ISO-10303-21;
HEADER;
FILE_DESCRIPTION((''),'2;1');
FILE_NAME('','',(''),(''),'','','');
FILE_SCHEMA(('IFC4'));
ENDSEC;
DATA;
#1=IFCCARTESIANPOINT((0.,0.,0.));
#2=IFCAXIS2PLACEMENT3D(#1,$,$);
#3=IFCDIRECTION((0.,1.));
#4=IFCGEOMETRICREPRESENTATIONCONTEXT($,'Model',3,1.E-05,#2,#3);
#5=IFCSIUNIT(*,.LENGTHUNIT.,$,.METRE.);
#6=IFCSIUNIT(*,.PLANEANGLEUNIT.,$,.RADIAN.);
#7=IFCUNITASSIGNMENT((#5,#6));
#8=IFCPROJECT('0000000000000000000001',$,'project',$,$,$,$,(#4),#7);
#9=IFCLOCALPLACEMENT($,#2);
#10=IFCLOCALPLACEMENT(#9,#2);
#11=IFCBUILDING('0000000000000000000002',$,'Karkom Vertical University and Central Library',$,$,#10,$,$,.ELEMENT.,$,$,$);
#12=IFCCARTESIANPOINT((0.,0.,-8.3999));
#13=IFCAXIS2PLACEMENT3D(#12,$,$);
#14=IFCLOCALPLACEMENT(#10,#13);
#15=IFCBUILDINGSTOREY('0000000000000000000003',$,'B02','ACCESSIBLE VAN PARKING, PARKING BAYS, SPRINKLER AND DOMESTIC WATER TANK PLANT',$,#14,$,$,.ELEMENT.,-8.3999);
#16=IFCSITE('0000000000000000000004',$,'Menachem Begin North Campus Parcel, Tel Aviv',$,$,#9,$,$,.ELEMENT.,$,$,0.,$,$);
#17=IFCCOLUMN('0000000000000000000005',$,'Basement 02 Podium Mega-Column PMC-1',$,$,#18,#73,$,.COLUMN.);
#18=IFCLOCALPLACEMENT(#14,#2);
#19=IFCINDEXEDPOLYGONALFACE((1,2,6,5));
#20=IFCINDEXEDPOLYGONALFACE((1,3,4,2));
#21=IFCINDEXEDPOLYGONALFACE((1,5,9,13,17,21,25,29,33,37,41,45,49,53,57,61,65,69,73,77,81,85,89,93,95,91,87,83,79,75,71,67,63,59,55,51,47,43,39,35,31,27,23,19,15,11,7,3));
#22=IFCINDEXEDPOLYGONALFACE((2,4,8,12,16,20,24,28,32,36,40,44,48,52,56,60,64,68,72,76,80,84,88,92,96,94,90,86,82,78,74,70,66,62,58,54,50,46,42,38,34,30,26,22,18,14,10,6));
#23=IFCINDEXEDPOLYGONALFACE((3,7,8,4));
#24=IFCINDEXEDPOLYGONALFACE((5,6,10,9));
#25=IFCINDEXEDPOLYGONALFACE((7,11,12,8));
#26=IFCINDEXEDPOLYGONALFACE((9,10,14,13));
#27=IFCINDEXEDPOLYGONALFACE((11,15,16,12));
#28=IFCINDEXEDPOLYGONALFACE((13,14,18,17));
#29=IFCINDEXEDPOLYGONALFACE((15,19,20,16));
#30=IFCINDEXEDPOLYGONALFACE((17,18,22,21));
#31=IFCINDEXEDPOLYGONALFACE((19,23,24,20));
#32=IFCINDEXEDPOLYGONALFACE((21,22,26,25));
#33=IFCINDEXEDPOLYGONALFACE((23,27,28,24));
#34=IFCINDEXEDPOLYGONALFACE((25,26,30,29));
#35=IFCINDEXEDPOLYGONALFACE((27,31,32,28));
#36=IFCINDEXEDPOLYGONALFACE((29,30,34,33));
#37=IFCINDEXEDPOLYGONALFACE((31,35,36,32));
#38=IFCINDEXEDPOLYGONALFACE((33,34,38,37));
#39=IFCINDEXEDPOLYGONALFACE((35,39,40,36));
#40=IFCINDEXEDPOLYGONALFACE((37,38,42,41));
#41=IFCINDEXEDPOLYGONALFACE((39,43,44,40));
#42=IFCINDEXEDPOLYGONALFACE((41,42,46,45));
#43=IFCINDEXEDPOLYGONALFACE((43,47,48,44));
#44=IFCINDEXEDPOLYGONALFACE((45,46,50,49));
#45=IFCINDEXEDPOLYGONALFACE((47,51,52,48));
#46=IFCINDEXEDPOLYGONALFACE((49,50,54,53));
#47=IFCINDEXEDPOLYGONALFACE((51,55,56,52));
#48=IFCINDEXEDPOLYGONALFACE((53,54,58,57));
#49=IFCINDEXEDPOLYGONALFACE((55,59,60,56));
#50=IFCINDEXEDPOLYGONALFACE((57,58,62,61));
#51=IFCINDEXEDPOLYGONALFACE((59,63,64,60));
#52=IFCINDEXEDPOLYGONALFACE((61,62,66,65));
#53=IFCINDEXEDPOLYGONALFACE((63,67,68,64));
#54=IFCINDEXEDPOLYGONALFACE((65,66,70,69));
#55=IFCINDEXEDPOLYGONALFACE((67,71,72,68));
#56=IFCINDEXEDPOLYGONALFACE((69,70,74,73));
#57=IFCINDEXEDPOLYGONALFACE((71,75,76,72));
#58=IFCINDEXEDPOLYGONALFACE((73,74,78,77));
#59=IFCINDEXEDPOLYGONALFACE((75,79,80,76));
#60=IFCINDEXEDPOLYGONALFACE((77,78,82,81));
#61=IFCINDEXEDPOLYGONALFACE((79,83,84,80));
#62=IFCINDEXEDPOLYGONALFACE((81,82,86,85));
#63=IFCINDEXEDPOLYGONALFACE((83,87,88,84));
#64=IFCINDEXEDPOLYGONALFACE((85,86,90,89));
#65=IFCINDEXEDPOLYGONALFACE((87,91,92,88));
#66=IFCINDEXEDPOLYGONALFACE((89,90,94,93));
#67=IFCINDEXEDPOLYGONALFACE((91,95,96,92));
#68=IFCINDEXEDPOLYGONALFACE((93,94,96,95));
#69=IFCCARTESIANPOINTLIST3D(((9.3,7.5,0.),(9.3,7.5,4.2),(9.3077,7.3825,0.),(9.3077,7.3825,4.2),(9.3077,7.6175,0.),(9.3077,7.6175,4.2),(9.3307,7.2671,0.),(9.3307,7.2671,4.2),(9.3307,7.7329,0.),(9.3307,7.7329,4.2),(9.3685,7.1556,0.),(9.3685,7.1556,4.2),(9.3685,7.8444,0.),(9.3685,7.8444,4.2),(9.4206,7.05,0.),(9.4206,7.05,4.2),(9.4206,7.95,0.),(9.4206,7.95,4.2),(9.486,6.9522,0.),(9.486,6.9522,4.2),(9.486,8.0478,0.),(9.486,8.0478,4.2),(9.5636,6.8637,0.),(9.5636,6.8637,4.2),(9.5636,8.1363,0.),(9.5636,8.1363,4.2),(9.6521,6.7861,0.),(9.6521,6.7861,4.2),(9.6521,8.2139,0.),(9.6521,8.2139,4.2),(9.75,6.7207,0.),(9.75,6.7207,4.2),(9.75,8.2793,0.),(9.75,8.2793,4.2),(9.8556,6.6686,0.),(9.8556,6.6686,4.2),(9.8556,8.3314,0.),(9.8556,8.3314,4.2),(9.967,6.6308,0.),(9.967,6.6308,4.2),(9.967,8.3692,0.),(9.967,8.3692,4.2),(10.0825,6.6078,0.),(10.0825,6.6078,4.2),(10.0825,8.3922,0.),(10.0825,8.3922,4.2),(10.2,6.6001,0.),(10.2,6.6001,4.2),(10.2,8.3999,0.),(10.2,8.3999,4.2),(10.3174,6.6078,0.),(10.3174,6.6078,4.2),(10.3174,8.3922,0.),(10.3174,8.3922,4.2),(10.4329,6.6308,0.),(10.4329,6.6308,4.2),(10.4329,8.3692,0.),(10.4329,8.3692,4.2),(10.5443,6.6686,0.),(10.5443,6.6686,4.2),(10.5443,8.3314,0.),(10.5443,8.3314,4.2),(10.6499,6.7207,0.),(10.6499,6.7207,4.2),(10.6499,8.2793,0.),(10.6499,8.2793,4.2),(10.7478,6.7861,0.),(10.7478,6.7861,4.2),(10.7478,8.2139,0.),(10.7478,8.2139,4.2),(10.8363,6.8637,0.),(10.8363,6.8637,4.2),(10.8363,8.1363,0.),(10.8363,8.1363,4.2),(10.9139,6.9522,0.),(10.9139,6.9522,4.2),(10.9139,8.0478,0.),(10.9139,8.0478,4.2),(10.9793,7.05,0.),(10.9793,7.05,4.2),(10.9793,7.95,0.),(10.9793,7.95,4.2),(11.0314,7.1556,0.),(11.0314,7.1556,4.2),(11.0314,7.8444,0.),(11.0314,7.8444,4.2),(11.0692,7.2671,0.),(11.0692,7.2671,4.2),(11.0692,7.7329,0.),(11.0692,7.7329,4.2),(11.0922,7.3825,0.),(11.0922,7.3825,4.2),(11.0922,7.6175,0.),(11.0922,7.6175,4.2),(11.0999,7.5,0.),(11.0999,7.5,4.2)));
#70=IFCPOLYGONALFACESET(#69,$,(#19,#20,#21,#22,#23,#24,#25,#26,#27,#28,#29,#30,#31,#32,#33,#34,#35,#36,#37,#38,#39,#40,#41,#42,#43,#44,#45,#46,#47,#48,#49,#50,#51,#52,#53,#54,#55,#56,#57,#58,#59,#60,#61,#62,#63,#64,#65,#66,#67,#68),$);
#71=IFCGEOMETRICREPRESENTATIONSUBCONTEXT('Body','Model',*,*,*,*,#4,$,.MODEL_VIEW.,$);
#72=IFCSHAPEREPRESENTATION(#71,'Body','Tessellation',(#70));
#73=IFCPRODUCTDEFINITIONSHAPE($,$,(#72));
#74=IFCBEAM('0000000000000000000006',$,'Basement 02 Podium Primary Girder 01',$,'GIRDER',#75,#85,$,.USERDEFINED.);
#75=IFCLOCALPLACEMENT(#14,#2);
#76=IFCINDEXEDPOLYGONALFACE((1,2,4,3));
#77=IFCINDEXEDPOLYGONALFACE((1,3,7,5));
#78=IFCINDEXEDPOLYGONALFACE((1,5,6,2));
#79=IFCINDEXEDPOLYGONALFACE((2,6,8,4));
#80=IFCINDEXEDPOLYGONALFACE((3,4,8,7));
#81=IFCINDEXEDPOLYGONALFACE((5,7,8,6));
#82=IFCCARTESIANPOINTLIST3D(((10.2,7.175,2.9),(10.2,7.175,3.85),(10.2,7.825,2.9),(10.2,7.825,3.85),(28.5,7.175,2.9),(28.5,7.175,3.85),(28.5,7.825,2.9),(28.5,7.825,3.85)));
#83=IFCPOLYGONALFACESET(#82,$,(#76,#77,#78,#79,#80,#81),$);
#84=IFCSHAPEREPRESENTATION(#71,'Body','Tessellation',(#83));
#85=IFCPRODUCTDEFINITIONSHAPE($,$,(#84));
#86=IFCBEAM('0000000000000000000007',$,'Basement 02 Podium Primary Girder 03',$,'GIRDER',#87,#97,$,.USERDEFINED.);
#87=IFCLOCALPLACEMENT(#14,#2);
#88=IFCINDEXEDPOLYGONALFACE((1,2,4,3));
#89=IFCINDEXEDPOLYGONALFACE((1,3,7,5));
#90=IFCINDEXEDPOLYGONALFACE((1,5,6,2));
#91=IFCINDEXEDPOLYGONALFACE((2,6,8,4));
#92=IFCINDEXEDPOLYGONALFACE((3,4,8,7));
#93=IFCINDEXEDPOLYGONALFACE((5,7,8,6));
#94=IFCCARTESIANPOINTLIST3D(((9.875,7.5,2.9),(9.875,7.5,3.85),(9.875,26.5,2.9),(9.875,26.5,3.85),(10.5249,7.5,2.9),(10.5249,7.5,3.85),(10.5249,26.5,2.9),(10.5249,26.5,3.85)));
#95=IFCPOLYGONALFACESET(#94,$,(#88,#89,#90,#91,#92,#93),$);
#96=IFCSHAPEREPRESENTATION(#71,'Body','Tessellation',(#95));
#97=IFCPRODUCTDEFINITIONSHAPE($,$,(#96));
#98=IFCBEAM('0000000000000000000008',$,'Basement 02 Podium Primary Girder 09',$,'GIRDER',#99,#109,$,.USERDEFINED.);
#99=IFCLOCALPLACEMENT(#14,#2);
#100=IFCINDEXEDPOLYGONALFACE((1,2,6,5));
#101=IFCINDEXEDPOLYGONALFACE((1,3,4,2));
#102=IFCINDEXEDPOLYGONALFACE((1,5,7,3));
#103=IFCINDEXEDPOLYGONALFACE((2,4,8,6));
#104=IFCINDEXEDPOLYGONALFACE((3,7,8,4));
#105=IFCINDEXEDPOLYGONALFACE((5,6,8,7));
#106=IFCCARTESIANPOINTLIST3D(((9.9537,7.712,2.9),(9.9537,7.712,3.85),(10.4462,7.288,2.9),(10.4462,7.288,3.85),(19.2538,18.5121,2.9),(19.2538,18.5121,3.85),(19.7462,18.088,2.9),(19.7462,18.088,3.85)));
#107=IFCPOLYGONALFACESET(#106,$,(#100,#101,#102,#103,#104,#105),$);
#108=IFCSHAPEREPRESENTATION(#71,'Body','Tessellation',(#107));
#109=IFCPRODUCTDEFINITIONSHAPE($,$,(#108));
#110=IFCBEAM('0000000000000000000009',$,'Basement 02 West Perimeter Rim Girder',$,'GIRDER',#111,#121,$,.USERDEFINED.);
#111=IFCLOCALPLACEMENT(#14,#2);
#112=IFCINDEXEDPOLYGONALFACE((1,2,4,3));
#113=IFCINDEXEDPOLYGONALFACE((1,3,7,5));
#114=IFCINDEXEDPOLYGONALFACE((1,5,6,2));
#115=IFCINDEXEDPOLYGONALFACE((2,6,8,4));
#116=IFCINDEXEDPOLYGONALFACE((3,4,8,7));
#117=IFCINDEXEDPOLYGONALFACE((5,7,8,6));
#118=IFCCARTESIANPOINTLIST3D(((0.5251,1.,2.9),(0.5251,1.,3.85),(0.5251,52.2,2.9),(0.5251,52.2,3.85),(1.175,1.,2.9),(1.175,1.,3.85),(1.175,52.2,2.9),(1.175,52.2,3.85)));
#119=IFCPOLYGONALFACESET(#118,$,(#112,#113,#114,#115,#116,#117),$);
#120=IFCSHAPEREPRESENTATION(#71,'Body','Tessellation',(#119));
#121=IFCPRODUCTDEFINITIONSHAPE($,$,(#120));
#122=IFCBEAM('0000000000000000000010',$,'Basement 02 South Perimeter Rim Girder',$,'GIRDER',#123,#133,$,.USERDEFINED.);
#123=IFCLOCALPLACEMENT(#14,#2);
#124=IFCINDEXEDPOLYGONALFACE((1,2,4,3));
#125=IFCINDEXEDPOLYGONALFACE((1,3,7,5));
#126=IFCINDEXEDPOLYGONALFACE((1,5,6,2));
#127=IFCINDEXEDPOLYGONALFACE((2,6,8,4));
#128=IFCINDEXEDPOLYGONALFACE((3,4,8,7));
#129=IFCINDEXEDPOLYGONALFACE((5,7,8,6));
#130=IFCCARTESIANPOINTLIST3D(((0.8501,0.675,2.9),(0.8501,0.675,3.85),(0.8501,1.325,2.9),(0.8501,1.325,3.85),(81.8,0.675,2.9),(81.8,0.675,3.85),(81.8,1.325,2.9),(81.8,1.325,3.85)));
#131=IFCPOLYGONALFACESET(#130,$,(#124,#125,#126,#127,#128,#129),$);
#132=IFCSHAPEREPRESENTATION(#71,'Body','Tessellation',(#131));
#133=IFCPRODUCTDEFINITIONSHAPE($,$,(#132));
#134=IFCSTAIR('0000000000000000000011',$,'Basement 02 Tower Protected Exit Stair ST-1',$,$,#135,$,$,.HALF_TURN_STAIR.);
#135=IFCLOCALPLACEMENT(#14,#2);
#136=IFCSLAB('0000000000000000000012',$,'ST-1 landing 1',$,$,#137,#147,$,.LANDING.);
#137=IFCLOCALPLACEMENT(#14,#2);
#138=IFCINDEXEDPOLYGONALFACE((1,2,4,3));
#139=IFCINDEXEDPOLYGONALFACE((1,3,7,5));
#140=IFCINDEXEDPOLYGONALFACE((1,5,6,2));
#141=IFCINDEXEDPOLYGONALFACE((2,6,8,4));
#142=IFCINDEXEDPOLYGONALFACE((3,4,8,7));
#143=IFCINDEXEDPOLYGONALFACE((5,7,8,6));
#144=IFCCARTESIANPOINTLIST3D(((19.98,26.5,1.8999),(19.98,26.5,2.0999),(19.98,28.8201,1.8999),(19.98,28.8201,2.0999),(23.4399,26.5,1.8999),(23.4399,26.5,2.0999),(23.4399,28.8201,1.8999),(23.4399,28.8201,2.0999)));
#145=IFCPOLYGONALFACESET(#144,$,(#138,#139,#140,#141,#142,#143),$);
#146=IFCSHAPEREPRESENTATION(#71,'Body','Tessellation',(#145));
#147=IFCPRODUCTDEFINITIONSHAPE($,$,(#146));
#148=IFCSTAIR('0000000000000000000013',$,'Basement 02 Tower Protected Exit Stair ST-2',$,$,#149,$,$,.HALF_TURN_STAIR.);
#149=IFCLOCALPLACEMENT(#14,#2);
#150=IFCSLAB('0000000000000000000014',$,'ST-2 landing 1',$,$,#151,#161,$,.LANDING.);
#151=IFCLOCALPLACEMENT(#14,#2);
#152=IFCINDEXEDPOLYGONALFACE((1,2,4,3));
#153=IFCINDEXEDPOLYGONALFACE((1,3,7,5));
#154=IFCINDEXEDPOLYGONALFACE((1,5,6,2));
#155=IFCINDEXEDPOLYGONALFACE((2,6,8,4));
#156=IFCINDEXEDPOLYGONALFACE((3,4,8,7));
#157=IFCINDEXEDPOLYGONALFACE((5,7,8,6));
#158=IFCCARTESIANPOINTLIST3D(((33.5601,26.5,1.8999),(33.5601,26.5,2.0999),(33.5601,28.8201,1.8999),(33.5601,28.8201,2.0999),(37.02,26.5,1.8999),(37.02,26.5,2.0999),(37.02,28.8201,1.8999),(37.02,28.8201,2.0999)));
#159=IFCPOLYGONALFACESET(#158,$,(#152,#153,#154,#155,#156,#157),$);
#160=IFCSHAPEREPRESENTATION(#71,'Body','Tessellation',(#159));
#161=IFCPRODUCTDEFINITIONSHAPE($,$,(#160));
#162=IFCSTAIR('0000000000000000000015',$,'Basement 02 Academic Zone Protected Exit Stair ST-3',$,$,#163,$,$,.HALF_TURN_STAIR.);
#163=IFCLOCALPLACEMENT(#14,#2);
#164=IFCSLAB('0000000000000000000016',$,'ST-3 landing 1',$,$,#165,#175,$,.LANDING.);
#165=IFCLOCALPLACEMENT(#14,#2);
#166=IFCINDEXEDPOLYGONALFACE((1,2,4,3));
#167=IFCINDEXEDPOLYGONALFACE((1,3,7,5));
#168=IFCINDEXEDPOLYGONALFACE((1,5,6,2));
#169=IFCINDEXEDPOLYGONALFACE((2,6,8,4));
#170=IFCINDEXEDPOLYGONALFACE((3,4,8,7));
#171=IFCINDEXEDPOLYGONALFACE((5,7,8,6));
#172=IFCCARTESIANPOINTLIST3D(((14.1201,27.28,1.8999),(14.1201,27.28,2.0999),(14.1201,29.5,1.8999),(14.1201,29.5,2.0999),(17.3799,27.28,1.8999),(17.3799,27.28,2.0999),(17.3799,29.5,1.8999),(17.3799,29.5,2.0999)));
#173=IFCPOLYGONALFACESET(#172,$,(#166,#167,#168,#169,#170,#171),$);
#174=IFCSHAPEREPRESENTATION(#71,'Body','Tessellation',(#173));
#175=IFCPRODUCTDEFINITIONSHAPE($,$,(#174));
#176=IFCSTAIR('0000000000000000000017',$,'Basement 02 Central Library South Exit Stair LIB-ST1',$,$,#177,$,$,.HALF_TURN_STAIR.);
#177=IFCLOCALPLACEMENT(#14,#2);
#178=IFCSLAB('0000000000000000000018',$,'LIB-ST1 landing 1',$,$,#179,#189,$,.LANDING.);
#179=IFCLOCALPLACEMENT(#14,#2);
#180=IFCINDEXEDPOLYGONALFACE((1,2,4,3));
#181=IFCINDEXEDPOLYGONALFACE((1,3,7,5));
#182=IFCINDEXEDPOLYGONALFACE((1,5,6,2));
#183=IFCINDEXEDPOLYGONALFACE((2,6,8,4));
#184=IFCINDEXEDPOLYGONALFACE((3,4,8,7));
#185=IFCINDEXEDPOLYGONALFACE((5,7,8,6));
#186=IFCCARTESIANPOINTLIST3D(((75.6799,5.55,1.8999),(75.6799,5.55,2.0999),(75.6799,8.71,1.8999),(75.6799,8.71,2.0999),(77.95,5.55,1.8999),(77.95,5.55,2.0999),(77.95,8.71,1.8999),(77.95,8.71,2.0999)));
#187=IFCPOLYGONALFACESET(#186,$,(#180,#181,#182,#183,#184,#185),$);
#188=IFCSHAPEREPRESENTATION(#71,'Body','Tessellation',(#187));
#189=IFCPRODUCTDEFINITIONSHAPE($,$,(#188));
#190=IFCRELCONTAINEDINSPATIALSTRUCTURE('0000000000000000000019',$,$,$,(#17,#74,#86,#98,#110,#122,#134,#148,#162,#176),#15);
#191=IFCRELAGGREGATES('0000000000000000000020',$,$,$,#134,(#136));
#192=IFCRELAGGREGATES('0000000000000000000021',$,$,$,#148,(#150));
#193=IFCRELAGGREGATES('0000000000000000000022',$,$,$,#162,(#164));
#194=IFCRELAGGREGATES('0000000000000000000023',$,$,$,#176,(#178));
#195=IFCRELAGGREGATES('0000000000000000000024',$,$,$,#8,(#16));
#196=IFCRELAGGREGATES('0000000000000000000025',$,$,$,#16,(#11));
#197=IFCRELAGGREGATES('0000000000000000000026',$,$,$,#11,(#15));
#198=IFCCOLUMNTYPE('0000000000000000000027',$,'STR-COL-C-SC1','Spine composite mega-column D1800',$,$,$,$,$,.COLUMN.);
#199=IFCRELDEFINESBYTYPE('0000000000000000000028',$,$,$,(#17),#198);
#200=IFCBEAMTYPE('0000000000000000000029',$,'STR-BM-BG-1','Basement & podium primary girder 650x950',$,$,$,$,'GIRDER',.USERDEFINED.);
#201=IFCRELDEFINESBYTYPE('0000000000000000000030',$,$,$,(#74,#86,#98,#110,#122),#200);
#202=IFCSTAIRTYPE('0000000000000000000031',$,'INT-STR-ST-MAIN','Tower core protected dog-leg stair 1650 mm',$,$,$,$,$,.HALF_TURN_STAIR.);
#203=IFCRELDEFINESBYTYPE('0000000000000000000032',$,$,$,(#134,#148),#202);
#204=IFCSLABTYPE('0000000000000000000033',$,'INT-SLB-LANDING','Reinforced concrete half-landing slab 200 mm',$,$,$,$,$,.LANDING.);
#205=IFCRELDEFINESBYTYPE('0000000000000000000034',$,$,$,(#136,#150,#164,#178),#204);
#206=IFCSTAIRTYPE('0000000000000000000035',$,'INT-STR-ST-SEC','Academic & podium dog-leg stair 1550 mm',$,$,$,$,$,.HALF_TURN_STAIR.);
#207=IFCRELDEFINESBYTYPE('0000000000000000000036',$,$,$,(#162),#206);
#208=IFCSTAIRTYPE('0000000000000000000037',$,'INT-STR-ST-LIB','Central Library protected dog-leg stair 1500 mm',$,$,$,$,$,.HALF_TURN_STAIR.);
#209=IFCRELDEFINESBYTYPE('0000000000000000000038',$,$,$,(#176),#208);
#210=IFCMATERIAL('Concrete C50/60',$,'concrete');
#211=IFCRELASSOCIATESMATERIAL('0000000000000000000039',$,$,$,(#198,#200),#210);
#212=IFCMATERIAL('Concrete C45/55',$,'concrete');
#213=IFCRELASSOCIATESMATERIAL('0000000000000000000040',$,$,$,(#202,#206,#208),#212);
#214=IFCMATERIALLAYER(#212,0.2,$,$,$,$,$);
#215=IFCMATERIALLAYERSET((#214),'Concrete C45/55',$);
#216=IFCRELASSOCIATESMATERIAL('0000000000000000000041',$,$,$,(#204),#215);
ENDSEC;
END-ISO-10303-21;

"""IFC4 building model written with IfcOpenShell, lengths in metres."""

from ifc_helpers import new_model, si_unit, direction, frame, origin, origin_with_axes, origin_2d, place, context, subcontext, project, spatial, polyline, rectangle, circle, outline, extrude, source, transform, mapped, material, layer, layer_set, material_profile, profile_set, type_object, element, aggregate, save


model = new_model("IFC4")

# Units and contexts
model_context = context("Model", 3, precision=1e-05, world=origin(), true_north=direction((0.0, 1.0)))
body_context = subcontext(model_context, "Body", "Model", "MODEL_VIEW")
ifc_project = project(units=[si_unit("LENGTHUNIT", "METRE"), si_unit("PLANEANGLEUNIT", "RADIAN")], contexts=[model_context])

# Site, building, storey
site_placement = place(None, origin())
site = spatial("IfcSite", under=ifc_project, at=site_placement, Name="Menachem Begin North Campus Parcel, Tel Aviv", CompositionType="ELEMENT", RefElevation=0.0)
building_placement = place(site_placement, origin())
building = spatial("IfcBuilding", under=site, at=building_placement, Name="Karkom Vertical University and Central Library", CompositionType="ELEMENT")
storey_placement = place(building_placement, frame((0.0, 0.0, -8.3999)))
storey = spatial("IfcBuildingStorey", under=building, at=storey_placement, Name="B02", Description="ACCESSIBLE VAN PARKING, PARKING BAYS, SPRINKLER AND DOMESTIC WATER TANK PLANT", CompositionType="ELEMENT", Elevation=-8.3999)

# Shared definitions
ifc_material_1 = material(Name="Concrete C45/55", Category="concrete")
ifc_material_2 = material(Name="Concrete C50/60", Category="concrete")

# Column
ifc_material_profile_1 = material_profile(ifc_material_2, circle(Radius=0.8999, at=origin_2d()), Name="CFT-D1800")
ifc_profile_set_1 = profile_set([ifc_material_profile_1], Name="Concrete C50/60")
column_type = type_object("IfcColumnType", Name="STR-COL-C-SC1", Description="Spine composite mega-column D1800", PredefinedType="COLUMN", material=ifc_profile_set_1)
shared_shape_1 = source(origin_with_axes(), body_context, "Body", "SweptSolid", [
    extrude(circle(Radius=0.8999, at=origin_2d()), origin(), (0.0, 0.0, 1.0), 4.2),
])
column_placement = place(storey_placement, frame((10.2, 7.5, 0.0), z_axis=(0.0, 0.0, 1.0), x_axis=(1.0, 0.0, 0.0)))
element("IfcColumn", 1, at=column_placement, inside=storey, type_object=column_type, Name="Basement 02 Podium Mega-Column PMC-1", PredefinedType="COLUMN", context=body_context, shape_type="MappedRepresentation", body=[
    mapped(shared_shape_1, transform((0.0, 0.0, 0.0), scale=1.0)),
])

# Beams
ifc_material_profile_2 = material_profile(ifc_material_2, rectangle(XDim=0.6499, YDim=0.95, at=origin_2d()), Name="RCG-650x950")
ifc_profile_set_2 = profile_set([ifc_material_profile_2], Name="Concrete C50/60")
beam_type = type_object("IfcBeamType", Name="STR-BM-BG-1", Description="Basement & podium primary girder 650x950", ElementType="GIRDER", PredefinedType="USERDEFINED", material=ifc_profile_set_2)
shared_shape_2 = source(origin_with_axes(), body_context, "Body", "SweptSolid", [
    extrude(rectangle(XDim=0.6499, YDim=0.95, at=origin_2d()), origin(), (0.0, 0.0, 1.0), 18.3),
])
beam_1_placement = place(storey_placement, frame((10.2, 7.5, 3.375), z_axis=(1.0, 0.0, 0.0), x_axis=(0.0, 1.0, 0.0)))
element("IfcBeam", 2, at=beam_1_placement, inside=storey, type_object=beam_type, Name="Basement 02 Podium Primary Girder 01", ObjectType="GIRDER", PredefinedType="USERDEFINED", context=body_context, shape_type="MappedRepresentation", body=[
    mapped(shared_shape_2, transform((0.0, 0.0, 0.0), scale=1.0)),
])
shared_shape_3 = source(origin_with_axes(), body_context, "Body", "SweptSolid", [
    extrude(rectangle(XDim=0.6499, YDim=0.95, at=origin_2d()), origin(), (0.0, 0.0, 1.0), 19.0),
])
beam_2_placement = place(storey_placement, frame((10.2, 7.5, 3.375), z_axis=(0.0, 1.0, 0.0), x_axis=(-1.0, 0.0, 0.0)))
element("IfcBeam", 3, at=beam_2_placement, inside=storey, type_object=beam_type, Name="Basement 02 Podium Primary Girder 03", ObjectType="GIRDER", PredefinedType="USERDEFINED", context=body_context, shape_type="MappedRepresentation", body=[
    mapped(shared_shape_3, transform((0.0, 0.0, 0.0), scale=1.0)),
])
shared_shape_4 = source(origin_with_axes(), body_context, "Body", "SweptSolid", [
    extrude(rectangle(XDim=0.6499, YDim=0.95, at=origin_2d()), origin(), (0.0, 0.0, 1.0), 14.2524),
])
beam_3_placement = place(storey_placement, frame((10.2, 7.5, 3.375), z_axis=(0.652523, 0.757769, 0.0), x_axis=(-0.757769, 0.652523, 0.0)))
element("IfcBeam", 4, at=beam_3_placement, inside=storey, type_object=beam_type, Name="Basement 02 Podium Primary Girder 09", ObjectType="GIRDER", PredefinedType="USERDEFINED", context=body_context, shape_type="MappedRepresentation", body=[
    mapped(shared_shape_4, transform((0.0, 0.0, 0.0), scale=1.0)),
])
shared_shape_5 = source(origin_with_axes(), body_context, "Body", "SweptSolid", [
    extrude(rectangle(XDim=0.6499, YDim=0.95, at=origin_2d()), origin(), (0.0, 0.0, 1.0), 51.2),
])
beam_4_placement = place(storey_placement, frame((0.8501, 1.0, 3.375), z_axis=(0.0, 1.0, 0.0), x_axis=(-1.0, 0.0, 0.0)))
element("IfcBeam", 5, at=beam_4_placement, inside=storey, type_object=beam_type, Name="Basement 02 West Perimeter Rim Girder", ObjectType="GIRDER", PredefinedType="USERDEFINED", context=body_context, shape_type="MappedRepresentation", body=[
    mapped(shared_shape_5, transform((0.0, 0.0, 0.0), scale=1.0)),
])
shared_shape_6 = source(origin_with_axes(), body_context, "Body", "SweptSolid", [
    extrude(rectangle(XDim=0.6499, YDim=0.95, at=origin_2d()), origin(), (0.0, 0.0, 1.0), 80.95),
])
beam_5_placement = place(storey_placement, frame((0.8501, 1.0, 3.375), z_axis=(1.0, 0.0, 0.0), x_axis=(0.0, 1.0, 0.0)))
element("IfcBeam", 6, at=beam_5_placement, inside=storey, type_object=beam_type, Name="Basement 02 South Perimeter Rim Girder", ObjectType="GIRDER", PredefinedType="USERDEFINED", context=body_context, shape_type="MappedRepresentation", body=[
    mapped(shared_shape_6, transform((0.0, 0.0, 0.0), scale=1.0)),
])

# Stairs, slabs
stair_type_1 = type_object("IfcStairType", Name="INT-STR-ST-MAIN", Description="Tower core protected dog-leg stair 1650 mm", PredefinedType="HALF_TURN_STAIR", material=ifc_material_1)
stair_1_placement = place(storey_placement, origin())
stair_1 = element("IfcStair", 7, at=stair_1_placement, inside=storey, type_object=stair_type_1, Name="Basement 02 Tower Protected Exit Stair ST-1", PredefinedType="HALF_TURN_STAIR")
ifc_layer_1 = layer(ifc_material_1, 0.2)
ifc_layer_set_1 = layer_set([ifc_layer_1], Name="Concrete C45/55")
slab_type_1 = type_object("IfcSlabType", Name="INT-SLB-LANDING", Description="Reinforced concrete half-landing slab 200 mm", PredefinedType="LANDING", material=ifc_layer_set_1)
slab_1_placement = place(storey_placement, frame((0.0, 0.0, 1.8999)))
slab_1 = element("IfcSlab", 8, at=slab_1_placement, type_object=slab_type_1, Name="ST-1 landing 1", PredefinedType="LANDING", context=body_context, shape_type="SweptSolid", body=[
    extrude(outline(polyline([(23.4399, 26.5), (23.4399, 28.8201), (19.98, 28.8201), (19.98, 26.5), (23.4399, 26.5)])), origin(), (0.0, 0.0, 1.0), 0.2),
])
aggregate(stair_1, [slab_1])
stair_2_placement = place(storey_placement, origin())
stair_2 = element("IfcStair", 9, at=stair_2_placement, inside=storey, type_object=stair_type_1, Name="Basement 02 Tower Protected Exit Stair ST-2", PredefinedType="HALF_TURN_STAIR")
slab_2_placement = place(storey_placement, frame((0.0, 0.0, 1.8999)))
slab_2 = element("IfcSlab", 10, at=slab_2_placement, type_object=slab_type_1, Name="ST-2 landing 1", PredefinedType="LANDING", context=body_context, shape_type="SweptSolid", body=[
    extrude(outline(polyline([(37.02, 26.5), (37.02, 28.8201), (33.5601, 28.8201), (33.5601, 26.5), (37.02, 26.5)])), origin(), (0.0, 0.0, 1.0), 0.2),
])
aggregate(stair_2, [slab_2])
stair_type_2 = type_object("IfcStairType", Name="INT-STR-ST-SEC", Description="Academic & podium dog-leg stair 1550 mm", PredefinedType="HALF_TURN_STAIR", material=ifc_material_1)
stair_3_placement = place(storey_placement, origin())
stair_3 = element("IfcStair", 11, at=stair_3_placement, inside=storey, type_object=stair_type_2, Name="Basement 02 Academic Zone Protected Exit Stair ST-3", PredefinedType="HALF_TURN_STAIR")
slab_3_placement = place(storey_placement, frame((0.0, 0.0, 1.8999)))
slab_3 = element("IfcSlab", 12, at=slab_3_placement, type_object=slab_type_1, Name="ST-3 landing 1", PredefinedType="LANDING", context=body_context, shape_type="SweptSolid", body=[
    extrude(outline(polyline([(17.3799, 27.28), (17.3799, 29.5), (14.1201, 29.5), (14.1201, 27.28), (17.3799, 27.28)])), origin(), (0.0, 0.0, 1.0), 0.2),
])
aggregate(stair_3, [slab_3])
stair_type_3 = type_object("IfcStairType", Name="INT-STR-ST-LIB", Description="Central Library protected dog-leg stair 1500 mm", PredefinedType="HALF_TURN_STAIR", material=ifc_material_1)
stair_4_placement = place(storey_placement, origin())
stair_4 = element("IfcStair", 13, at=stair_4_placement, inside=storey, type_object=stair_type_3, Name="Basement 02 Central Library South Exit Stair LIB-ST1", PredefinedType="HALF_TURN_STAIR")
slab_4_placement = place(storey_placement, frame((0.0, 0.0, 1.8999)))
slab_4 = element("IfcSlab", 14, at=slab_4_placement, type_object=slab_type_1, Name="LIB-ST1 landing 1", PredefinedType="LANDING", context=body_context, shape_type="SweptSolid", body=[
    extrude(outline(polyline([(75.6799, 5.55), (77.95, 5.55), (77.95, 8.71), (75.6799, 8.71), (75.6799, 5.55)])), origin(), (0.0, 0.0, 1.0), 0.2),
])
aggregate(stair_4, [slab_4])

save(model, "model.ifc")
